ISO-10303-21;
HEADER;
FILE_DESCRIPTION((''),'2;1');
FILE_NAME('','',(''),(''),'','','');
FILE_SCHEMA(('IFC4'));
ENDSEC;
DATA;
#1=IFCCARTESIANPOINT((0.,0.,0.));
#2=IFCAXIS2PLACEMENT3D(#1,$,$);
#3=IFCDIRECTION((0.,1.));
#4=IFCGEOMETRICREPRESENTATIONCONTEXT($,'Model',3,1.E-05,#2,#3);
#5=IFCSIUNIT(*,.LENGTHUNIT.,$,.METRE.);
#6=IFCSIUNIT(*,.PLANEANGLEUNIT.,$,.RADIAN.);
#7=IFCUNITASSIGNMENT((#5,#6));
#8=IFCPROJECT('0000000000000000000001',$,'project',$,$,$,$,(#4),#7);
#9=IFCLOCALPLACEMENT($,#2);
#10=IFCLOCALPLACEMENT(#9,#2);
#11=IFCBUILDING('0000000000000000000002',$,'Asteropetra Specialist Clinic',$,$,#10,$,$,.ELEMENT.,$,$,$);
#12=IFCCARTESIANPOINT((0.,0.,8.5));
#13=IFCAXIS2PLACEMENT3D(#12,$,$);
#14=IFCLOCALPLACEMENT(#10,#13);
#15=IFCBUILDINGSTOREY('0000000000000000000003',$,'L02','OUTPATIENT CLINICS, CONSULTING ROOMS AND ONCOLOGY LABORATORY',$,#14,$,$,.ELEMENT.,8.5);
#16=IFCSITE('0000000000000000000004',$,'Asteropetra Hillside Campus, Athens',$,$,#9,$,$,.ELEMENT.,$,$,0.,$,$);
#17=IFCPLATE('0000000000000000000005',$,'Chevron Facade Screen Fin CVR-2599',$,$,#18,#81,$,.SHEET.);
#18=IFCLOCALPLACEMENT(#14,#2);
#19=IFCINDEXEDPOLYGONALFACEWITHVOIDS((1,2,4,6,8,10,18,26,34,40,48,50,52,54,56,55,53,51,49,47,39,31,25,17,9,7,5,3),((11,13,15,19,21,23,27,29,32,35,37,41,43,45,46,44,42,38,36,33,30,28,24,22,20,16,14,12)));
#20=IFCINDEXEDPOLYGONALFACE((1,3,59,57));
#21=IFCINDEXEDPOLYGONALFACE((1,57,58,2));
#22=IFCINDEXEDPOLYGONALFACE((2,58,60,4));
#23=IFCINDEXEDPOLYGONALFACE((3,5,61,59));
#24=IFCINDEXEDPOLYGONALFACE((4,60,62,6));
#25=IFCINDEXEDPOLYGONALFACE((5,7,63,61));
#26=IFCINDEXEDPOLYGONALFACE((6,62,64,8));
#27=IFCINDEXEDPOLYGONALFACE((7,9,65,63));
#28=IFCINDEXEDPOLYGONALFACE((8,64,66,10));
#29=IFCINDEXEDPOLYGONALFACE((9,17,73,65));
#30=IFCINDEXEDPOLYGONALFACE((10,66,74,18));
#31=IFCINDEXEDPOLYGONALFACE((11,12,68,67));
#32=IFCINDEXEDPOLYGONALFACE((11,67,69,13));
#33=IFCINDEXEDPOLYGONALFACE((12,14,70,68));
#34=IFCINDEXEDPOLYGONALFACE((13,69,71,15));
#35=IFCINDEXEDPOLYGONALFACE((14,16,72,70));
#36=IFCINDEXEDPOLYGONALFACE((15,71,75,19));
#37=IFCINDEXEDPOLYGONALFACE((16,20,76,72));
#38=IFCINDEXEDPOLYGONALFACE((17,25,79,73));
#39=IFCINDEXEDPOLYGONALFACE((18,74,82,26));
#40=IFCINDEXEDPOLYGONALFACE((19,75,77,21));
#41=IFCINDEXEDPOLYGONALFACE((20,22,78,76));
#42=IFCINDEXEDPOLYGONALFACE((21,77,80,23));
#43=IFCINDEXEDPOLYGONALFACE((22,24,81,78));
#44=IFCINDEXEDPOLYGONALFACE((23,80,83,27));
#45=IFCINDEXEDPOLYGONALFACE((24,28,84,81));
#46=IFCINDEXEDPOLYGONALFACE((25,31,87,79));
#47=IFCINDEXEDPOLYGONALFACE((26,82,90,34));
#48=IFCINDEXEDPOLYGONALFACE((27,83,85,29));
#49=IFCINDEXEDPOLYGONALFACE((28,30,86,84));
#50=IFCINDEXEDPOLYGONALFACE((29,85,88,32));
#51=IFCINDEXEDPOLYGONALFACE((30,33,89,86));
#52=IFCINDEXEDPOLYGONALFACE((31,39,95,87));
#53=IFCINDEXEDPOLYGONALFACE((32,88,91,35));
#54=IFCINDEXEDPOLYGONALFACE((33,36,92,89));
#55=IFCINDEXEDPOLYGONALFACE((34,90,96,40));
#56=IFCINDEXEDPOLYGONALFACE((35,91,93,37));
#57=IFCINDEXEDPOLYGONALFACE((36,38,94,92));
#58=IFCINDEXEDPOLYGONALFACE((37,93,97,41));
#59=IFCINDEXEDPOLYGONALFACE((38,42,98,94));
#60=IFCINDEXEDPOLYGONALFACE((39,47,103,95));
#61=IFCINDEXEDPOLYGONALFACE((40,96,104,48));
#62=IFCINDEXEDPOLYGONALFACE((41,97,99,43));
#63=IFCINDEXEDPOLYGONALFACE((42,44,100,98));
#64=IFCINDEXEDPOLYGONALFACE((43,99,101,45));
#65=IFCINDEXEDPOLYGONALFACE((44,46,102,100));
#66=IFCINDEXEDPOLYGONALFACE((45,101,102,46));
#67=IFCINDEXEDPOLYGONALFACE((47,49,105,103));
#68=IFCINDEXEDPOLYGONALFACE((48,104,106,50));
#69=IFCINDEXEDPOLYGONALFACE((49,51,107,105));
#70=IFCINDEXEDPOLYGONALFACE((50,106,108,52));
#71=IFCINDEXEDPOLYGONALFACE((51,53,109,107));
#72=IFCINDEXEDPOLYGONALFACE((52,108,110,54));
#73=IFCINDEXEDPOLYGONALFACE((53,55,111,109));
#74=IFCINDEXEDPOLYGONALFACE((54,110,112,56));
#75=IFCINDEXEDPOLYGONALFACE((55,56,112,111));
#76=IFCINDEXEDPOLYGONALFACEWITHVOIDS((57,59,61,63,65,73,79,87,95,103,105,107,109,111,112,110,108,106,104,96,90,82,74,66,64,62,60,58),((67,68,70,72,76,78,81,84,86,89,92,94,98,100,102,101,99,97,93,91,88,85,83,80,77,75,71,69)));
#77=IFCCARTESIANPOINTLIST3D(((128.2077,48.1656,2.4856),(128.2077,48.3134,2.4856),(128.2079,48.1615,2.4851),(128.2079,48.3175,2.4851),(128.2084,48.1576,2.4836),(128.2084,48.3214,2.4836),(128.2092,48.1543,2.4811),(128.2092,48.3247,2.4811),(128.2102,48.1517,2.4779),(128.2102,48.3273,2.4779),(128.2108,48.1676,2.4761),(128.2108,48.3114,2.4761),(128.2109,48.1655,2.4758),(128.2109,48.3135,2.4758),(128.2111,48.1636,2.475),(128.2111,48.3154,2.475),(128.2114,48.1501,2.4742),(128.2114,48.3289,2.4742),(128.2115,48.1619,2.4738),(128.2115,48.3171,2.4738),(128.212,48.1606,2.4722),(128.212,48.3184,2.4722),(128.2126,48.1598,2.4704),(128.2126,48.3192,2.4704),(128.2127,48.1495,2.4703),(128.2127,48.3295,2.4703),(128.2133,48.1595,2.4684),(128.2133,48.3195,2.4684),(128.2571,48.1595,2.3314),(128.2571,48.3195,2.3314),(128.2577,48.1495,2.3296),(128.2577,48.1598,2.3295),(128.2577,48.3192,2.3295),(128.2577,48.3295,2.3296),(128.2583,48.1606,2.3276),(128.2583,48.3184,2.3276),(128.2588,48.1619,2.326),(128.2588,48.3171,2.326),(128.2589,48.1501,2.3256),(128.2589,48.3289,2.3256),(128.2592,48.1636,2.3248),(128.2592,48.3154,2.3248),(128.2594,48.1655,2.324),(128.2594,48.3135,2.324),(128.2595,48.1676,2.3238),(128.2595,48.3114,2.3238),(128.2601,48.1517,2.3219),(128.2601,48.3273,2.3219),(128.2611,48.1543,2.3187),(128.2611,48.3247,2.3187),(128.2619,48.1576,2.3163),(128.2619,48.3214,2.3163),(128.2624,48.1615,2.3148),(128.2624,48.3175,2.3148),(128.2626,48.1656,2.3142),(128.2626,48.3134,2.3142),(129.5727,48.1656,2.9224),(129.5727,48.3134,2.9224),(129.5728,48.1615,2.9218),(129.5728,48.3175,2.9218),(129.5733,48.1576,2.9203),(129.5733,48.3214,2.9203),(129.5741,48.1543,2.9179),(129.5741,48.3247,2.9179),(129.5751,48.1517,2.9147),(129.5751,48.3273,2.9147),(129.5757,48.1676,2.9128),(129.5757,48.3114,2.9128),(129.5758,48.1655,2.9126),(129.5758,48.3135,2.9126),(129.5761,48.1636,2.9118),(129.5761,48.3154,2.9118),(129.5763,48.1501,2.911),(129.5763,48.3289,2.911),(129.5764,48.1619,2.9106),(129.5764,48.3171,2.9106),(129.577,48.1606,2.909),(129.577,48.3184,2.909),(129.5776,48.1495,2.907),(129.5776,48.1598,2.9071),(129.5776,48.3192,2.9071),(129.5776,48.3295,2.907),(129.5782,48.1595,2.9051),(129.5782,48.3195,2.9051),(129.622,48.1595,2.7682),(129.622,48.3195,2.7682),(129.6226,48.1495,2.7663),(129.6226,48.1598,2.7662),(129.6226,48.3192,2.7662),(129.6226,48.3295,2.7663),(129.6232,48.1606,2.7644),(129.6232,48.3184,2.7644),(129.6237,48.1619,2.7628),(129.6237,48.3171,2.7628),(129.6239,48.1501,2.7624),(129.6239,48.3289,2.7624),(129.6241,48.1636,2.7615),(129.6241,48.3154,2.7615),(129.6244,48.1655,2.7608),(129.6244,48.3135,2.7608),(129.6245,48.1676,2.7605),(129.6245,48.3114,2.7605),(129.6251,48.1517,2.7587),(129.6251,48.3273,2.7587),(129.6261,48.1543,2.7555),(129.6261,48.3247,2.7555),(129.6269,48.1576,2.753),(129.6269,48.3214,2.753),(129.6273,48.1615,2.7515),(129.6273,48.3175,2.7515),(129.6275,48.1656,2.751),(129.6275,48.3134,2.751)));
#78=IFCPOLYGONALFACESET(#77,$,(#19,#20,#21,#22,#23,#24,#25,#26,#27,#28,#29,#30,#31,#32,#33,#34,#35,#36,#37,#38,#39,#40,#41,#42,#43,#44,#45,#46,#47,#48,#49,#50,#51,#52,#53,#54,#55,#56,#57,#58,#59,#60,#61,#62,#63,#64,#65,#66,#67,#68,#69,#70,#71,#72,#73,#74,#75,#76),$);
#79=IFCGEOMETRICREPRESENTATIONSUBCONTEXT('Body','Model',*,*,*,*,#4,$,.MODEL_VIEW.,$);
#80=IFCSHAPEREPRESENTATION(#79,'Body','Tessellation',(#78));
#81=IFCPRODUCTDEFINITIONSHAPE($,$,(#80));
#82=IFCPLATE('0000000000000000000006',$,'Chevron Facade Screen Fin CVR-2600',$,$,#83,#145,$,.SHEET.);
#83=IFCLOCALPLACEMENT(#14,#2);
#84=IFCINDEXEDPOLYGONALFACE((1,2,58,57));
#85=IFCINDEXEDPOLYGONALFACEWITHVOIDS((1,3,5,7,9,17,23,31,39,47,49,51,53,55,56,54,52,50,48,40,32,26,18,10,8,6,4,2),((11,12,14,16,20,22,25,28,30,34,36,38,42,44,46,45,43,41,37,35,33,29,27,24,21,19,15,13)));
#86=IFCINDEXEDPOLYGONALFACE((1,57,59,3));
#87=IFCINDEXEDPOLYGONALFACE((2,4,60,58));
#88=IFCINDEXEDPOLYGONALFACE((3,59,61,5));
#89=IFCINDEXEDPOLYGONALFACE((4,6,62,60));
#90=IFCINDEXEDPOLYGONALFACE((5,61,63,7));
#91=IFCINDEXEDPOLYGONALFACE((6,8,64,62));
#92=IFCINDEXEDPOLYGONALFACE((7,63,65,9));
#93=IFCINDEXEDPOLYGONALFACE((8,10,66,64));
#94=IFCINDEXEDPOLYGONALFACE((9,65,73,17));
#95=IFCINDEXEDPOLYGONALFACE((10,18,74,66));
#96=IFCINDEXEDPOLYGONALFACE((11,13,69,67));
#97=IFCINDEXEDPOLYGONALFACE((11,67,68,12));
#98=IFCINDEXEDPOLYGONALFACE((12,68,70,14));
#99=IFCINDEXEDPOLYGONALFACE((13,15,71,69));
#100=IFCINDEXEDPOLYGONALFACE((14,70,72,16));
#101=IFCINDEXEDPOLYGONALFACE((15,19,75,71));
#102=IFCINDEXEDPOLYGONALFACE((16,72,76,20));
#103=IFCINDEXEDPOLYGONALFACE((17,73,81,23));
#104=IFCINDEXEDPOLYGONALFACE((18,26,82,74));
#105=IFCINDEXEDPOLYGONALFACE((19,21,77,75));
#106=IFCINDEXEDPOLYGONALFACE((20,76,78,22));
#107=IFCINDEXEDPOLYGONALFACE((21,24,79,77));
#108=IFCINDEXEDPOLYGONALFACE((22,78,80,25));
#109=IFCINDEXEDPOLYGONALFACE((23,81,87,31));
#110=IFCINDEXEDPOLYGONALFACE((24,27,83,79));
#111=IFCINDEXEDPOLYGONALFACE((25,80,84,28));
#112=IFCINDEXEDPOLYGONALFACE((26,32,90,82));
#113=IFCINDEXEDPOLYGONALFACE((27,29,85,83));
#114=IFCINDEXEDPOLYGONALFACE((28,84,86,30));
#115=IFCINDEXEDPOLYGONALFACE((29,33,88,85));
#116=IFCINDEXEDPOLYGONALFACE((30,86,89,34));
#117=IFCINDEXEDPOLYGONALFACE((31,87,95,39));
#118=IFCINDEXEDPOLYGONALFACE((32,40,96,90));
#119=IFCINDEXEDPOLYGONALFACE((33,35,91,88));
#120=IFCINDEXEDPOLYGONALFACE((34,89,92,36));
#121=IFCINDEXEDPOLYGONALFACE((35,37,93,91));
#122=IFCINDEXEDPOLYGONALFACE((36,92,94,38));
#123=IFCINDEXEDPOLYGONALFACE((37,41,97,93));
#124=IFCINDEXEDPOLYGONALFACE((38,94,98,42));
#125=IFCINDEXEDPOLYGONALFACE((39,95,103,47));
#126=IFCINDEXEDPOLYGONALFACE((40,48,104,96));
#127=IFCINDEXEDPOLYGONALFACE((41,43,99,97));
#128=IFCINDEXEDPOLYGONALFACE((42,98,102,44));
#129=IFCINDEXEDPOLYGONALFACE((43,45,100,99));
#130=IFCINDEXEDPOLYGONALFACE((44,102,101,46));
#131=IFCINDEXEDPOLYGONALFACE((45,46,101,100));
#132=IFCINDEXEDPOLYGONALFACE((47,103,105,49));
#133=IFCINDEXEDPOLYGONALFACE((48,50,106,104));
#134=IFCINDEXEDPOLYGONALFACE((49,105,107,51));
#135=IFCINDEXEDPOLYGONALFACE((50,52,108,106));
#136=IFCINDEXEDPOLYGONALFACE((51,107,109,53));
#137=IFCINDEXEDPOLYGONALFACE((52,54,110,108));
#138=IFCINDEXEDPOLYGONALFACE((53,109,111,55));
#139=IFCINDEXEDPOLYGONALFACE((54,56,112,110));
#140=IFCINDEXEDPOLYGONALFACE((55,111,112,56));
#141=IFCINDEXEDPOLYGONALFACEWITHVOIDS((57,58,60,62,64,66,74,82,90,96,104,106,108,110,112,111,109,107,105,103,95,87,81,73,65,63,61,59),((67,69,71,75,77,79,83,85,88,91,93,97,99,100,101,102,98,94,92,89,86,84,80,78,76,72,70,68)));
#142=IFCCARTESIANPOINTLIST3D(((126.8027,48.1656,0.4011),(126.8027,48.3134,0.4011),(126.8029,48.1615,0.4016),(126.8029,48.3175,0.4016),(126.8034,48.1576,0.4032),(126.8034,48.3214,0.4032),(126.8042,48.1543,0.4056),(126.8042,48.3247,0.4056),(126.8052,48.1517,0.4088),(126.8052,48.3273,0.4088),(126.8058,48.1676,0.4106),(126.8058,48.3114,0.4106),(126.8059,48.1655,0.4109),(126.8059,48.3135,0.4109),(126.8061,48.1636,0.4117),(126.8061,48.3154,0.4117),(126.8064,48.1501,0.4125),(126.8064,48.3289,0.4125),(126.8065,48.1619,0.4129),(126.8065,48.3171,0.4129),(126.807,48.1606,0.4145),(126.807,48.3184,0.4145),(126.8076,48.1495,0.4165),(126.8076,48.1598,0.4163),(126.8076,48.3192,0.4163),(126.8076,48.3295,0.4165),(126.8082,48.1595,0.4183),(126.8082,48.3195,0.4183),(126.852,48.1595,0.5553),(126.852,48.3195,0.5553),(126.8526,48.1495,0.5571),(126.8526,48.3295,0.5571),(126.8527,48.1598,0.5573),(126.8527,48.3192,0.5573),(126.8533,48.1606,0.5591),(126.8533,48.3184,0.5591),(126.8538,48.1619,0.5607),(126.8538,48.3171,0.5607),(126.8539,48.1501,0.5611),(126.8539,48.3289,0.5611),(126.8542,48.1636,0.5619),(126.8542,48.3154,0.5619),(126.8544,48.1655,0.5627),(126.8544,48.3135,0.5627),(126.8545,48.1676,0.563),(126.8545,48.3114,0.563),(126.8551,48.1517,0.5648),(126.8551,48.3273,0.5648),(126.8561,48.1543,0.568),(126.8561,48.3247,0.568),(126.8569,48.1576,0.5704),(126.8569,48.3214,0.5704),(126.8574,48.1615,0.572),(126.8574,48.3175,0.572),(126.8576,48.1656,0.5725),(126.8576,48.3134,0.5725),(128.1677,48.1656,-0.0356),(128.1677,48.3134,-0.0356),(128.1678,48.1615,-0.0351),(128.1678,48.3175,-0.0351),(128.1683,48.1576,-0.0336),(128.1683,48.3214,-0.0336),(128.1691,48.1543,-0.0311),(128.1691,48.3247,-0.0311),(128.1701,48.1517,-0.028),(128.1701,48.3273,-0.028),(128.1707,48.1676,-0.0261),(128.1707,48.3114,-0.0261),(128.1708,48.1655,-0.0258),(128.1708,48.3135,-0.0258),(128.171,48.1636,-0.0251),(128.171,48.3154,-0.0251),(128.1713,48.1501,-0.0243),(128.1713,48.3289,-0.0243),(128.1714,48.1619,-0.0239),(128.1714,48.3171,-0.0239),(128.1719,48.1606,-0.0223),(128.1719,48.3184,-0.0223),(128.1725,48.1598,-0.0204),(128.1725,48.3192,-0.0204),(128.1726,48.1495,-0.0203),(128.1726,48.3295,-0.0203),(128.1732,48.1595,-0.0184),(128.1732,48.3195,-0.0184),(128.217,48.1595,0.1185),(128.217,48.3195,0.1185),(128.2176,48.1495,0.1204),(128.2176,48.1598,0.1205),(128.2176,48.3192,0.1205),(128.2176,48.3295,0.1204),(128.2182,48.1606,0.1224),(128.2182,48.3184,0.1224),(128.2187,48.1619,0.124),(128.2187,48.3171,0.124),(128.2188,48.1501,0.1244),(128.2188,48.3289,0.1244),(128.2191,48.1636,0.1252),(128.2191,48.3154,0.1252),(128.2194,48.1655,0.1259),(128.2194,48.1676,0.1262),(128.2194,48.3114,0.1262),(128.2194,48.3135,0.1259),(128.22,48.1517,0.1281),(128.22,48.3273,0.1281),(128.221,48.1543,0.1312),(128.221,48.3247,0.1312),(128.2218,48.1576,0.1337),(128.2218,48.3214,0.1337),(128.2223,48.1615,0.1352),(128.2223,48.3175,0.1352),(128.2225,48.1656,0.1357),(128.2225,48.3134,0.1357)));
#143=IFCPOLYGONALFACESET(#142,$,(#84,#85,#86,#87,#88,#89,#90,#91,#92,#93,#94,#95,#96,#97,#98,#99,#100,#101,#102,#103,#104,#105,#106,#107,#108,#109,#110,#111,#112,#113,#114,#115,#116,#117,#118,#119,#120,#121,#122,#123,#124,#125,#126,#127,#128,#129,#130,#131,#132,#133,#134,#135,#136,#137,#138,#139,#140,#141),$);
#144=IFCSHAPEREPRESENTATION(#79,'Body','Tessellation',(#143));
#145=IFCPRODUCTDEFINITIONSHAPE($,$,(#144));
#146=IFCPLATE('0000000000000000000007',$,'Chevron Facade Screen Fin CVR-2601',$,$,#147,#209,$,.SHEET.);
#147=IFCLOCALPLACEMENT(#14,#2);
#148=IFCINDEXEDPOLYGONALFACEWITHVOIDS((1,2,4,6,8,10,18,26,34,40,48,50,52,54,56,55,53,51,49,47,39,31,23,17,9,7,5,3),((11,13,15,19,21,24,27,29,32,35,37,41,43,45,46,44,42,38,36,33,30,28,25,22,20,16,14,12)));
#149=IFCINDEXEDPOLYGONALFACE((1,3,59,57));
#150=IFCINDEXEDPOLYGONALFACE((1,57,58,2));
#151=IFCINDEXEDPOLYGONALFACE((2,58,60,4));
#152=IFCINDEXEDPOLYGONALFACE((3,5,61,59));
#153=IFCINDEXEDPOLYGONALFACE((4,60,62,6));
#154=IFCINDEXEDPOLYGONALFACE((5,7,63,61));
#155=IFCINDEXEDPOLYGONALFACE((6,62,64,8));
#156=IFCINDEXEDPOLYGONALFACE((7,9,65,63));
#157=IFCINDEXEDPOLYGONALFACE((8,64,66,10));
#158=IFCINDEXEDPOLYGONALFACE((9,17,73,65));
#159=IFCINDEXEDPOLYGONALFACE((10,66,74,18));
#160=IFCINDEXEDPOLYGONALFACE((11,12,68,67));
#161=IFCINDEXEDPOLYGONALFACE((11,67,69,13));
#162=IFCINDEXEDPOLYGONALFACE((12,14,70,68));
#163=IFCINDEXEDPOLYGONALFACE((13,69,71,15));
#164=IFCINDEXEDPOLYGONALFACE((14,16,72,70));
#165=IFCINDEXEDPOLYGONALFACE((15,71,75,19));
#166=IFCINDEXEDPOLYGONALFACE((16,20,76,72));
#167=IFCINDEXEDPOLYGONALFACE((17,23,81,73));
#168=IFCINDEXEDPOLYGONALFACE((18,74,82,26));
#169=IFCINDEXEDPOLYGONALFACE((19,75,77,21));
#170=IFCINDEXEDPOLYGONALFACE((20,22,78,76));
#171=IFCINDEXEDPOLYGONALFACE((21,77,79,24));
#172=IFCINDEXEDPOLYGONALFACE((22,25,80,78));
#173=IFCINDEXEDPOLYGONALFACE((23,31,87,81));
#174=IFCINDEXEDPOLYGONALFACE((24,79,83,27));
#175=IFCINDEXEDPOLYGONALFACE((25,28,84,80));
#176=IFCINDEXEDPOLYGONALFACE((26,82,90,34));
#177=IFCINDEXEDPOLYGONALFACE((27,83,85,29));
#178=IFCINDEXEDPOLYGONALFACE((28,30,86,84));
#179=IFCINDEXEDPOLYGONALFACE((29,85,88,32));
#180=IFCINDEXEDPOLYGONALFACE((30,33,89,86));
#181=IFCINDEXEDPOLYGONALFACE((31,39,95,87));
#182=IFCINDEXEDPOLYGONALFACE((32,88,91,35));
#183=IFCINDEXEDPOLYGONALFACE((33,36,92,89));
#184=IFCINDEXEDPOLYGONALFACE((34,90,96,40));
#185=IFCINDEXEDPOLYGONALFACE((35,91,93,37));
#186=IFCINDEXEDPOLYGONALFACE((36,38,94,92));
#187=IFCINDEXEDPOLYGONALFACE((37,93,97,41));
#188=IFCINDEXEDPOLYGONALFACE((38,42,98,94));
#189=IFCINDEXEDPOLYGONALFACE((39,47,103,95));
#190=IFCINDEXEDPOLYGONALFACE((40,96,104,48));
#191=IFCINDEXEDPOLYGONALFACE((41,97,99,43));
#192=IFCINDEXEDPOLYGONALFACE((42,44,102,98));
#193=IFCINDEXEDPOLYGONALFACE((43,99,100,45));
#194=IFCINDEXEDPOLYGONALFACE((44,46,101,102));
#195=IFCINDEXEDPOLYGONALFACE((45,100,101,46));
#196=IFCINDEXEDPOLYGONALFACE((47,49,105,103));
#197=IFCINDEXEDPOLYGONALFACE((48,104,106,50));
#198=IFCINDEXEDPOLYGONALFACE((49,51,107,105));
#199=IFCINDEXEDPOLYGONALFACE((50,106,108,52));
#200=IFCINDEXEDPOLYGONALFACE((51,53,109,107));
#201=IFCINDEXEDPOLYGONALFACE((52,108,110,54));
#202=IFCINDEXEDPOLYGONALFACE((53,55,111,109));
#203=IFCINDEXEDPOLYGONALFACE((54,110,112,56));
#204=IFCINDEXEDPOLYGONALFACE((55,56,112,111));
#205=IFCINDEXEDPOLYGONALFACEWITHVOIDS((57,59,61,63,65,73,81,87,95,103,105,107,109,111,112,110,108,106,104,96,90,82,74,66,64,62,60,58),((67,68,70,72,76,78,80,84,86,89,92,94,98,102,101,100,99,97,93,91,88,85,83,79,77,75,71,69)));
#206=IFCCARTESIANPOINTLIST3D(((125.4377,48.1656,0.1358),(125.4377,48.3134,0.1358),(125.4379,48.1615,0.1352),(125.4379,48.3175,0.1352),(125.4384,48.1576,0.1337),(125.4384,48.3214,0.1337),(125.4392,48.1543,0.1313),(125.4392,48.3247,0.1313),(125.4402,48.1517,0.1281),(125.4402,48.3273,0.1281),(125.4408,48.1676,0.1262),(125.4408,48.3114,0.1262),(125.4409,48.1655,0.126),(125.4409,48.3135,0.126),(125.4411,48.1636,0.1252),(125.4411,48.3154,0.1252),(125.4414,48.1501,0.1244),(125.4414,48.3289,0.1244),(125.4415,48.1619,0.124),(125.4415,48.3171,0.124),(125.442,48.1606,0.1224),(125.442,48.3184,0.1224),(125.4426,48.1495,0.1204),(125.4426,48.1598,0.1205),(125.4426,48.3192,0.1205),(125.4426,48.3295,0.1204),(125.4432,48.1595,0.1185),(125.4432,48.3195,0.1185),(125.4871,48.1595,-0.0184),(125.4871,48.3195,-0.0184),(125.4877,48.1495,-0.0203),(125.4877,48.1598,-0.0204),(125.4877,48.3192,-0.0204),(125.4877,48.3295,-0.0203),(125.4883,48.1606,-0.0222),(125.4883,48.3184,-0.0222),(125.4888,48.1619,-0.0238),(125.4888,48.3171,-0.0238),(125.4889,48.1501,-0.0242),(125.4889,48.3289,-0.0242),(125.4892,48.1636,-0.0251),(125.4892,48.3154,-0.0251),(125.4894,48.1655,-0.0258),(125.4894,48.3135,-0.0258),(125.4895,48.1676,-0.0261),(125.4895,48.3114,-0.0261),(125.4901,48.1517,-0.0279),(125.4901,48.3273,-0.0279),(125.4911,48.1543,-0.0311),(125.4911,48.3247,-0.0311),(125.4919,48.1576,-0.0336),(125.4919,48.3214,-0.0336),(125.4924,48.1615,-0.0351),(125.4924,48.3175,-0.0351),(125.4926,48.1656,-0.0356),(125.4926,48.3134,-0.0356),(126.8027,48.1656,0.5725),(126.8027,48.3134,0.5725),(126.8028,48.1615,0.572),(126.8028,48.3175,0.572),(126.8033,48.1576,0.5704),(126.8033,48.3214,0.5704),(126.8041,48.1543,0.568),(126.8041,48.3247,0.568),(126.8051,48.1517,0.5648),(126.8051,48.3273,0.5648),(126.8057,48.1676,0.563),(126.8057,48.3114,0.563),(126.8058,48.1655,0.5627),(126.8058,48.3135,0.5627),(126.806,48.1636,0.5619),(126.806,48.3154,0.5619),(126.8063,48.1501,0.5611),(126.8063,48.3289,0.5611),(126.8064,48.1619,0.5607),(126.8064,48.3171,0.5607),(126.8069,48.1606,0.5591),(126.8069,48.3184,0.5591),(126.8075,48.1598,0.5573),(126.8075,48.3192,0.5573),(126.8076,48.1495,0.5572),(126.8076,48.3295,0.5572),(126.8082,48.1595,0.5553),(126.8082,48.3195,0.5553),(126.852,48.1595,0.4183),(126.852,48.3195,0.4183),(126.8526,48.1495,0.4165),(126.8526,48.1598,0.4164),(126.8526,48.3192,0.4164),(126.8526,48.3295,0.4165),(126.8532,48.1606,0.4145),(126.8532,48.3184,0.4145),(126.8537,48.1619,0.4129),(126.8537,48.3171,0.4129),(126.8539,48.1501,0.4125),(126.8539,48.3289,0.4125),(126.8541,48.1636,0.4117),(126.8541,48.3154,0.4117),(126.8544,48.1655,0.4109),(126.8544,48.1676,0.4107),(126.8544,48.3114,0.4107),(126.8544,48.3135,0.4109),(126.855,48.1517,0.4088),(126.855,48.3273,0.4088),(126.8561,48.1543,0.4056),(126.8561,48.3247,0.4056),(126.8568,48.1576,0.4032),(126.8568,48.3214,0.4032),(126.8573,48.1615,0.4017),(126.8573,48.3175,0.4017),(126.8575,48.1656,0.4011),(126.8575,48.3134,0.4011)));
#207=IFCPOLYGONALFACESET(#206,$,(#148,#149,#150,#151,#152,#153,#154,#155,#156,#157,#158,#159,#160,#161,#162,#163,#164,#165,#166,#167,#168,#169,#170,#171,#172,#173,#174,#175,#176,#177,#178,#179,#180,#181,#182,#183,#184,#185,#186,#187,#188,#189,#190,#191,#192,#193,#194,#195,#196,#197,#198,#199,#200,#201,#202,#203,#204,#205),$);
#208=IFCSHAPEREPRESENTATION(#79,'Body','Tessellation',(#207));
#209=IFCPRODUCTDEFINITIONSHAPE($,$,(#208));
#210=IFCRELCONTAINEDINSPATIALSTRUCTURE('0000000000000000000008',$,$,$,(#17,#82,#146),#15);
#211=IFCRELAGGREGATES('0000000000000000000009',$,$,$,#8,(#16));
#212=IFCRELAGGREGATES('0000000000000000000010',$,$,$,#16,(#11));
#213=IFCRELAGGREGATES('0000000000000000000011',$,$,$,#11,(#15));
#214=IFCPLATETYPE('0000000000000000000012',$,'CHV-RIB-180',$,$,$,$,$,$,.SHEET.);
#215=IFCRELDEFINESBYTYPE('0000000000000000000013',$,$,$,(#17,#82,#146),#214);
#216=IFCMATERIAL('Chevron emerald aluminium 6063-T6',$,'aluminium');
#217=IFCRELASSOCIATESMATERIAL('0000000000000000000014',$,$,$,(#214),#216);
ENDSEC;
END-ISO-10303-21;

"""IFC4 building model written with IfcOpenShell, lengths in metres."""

from ifc_helpers import new_model, si_unit, direction, frame, origin, origin_2d, place, context, subcontext, project, spatial, hollow_rectangle, extrude, material, material_profile, profile_set, type_object, element, save


model = new_model("IFC4")

# Units and contexts
model_context = context("Model", 3, precision=1e-05, world=origin(), true_north=direction((0.0, 1.0)))
body_context = subcontext(model_context, "Body", "Model", "MODEL_VIEW")
ifc_project = project(units=[si_unit("LENGTHUNIT", "METRE"), si_unit("PLANEANGLEUNIT", "RADIAN")], contexts=[model_context])

# Site, building, storey
site_placement = place(None, origin())
site = spatial("IfcSite", under=ifc_project, at=site_placement, Name="Asteropetra Hillside Campus, Athens", CompositionType="ELEMENT", RefElevation=0.0)
building_placement = place(site_placement, origin())
building = spatial("IfcBuilding", under=site, at=building_placement, Name="Asteropetra Specialist Clinic", CompositionType="ELEMENT")
storey_placement = place(building_placement, frame((0.0, 0.0, 8.5)))
storey = spatial("IfcBuildingStorey", under=building, at=storey_placement, Name="L02", Description="OUTPATIENT CLINICS, CONSULTING ROOMS AND ONCOLOGY LABORATORY", CompositionType="ELEMENT", Elevation=8.5)

# Plates
ifc_material_1 = material(Name="Chevron emerald aluminium 6063-T6", Category="aluminium")
ifc_material_profile_1 = material_profile(ifc_material_1, hollow_rectangle(XDim=0.1799, YDim=0.1799, WallThickness=0.01, InnerFilletRadius=0.0081, OuterFilletRadius=0.0161, at=origin_2d()), Name="SHS 180x180x10.0")
ifc_profile_set_1 = profile_set([ifc_material_profile_1], Name="Chevron emerald aluminium 6063-T6")
plate_type = type_object("IfcPlateType", Name="CHV-RIB-180", PredefinedType="SHEET", material=ifc_profile_set_1)
for number, where, z_axis, x_axis, name in (
    (1, (129.6001, 48.2395, 2.8367), (-0.95243, 0.0, -0.304757), (0.0, -1.0, 0.0), "Chevron Facade Screen Fin CVR-2599"),
    (2, (128.1951, 48.2395, 0.05), (-0.95243, 0.0, 0.304757), (0.0, -1.0, 0.0), "Chevron Facade Screen Fin CVR-2600"),
    (3, (126.8301, 48.2395, 0.4868), (-0.95243, 0.0, -0.304757), (0.0, -1.0, 0.0), "Chevron Facade Screen Fin CVR-2601"),
):
    element("IfcPlate", number, at=place(storey_placement, frame(where, z_axis=z_axis, x_axis=x_axis)), inside=storey, type_object=plate_type, Name=name, PredefinedType="SHEET", context=body_context, shape_type="SweptSolid", body=[
        extrude(hollow_rectangle(XDim=0.1799, YDim=0.1799, WallThickness=0.01, InnerFilletRadius=0.0081, OuterFilletRadius=0.0161, at=origin_2d()), origin(), (0.0, 0.0, 1.0), 1.4331),
    ])

save(model, "model.ifc")
